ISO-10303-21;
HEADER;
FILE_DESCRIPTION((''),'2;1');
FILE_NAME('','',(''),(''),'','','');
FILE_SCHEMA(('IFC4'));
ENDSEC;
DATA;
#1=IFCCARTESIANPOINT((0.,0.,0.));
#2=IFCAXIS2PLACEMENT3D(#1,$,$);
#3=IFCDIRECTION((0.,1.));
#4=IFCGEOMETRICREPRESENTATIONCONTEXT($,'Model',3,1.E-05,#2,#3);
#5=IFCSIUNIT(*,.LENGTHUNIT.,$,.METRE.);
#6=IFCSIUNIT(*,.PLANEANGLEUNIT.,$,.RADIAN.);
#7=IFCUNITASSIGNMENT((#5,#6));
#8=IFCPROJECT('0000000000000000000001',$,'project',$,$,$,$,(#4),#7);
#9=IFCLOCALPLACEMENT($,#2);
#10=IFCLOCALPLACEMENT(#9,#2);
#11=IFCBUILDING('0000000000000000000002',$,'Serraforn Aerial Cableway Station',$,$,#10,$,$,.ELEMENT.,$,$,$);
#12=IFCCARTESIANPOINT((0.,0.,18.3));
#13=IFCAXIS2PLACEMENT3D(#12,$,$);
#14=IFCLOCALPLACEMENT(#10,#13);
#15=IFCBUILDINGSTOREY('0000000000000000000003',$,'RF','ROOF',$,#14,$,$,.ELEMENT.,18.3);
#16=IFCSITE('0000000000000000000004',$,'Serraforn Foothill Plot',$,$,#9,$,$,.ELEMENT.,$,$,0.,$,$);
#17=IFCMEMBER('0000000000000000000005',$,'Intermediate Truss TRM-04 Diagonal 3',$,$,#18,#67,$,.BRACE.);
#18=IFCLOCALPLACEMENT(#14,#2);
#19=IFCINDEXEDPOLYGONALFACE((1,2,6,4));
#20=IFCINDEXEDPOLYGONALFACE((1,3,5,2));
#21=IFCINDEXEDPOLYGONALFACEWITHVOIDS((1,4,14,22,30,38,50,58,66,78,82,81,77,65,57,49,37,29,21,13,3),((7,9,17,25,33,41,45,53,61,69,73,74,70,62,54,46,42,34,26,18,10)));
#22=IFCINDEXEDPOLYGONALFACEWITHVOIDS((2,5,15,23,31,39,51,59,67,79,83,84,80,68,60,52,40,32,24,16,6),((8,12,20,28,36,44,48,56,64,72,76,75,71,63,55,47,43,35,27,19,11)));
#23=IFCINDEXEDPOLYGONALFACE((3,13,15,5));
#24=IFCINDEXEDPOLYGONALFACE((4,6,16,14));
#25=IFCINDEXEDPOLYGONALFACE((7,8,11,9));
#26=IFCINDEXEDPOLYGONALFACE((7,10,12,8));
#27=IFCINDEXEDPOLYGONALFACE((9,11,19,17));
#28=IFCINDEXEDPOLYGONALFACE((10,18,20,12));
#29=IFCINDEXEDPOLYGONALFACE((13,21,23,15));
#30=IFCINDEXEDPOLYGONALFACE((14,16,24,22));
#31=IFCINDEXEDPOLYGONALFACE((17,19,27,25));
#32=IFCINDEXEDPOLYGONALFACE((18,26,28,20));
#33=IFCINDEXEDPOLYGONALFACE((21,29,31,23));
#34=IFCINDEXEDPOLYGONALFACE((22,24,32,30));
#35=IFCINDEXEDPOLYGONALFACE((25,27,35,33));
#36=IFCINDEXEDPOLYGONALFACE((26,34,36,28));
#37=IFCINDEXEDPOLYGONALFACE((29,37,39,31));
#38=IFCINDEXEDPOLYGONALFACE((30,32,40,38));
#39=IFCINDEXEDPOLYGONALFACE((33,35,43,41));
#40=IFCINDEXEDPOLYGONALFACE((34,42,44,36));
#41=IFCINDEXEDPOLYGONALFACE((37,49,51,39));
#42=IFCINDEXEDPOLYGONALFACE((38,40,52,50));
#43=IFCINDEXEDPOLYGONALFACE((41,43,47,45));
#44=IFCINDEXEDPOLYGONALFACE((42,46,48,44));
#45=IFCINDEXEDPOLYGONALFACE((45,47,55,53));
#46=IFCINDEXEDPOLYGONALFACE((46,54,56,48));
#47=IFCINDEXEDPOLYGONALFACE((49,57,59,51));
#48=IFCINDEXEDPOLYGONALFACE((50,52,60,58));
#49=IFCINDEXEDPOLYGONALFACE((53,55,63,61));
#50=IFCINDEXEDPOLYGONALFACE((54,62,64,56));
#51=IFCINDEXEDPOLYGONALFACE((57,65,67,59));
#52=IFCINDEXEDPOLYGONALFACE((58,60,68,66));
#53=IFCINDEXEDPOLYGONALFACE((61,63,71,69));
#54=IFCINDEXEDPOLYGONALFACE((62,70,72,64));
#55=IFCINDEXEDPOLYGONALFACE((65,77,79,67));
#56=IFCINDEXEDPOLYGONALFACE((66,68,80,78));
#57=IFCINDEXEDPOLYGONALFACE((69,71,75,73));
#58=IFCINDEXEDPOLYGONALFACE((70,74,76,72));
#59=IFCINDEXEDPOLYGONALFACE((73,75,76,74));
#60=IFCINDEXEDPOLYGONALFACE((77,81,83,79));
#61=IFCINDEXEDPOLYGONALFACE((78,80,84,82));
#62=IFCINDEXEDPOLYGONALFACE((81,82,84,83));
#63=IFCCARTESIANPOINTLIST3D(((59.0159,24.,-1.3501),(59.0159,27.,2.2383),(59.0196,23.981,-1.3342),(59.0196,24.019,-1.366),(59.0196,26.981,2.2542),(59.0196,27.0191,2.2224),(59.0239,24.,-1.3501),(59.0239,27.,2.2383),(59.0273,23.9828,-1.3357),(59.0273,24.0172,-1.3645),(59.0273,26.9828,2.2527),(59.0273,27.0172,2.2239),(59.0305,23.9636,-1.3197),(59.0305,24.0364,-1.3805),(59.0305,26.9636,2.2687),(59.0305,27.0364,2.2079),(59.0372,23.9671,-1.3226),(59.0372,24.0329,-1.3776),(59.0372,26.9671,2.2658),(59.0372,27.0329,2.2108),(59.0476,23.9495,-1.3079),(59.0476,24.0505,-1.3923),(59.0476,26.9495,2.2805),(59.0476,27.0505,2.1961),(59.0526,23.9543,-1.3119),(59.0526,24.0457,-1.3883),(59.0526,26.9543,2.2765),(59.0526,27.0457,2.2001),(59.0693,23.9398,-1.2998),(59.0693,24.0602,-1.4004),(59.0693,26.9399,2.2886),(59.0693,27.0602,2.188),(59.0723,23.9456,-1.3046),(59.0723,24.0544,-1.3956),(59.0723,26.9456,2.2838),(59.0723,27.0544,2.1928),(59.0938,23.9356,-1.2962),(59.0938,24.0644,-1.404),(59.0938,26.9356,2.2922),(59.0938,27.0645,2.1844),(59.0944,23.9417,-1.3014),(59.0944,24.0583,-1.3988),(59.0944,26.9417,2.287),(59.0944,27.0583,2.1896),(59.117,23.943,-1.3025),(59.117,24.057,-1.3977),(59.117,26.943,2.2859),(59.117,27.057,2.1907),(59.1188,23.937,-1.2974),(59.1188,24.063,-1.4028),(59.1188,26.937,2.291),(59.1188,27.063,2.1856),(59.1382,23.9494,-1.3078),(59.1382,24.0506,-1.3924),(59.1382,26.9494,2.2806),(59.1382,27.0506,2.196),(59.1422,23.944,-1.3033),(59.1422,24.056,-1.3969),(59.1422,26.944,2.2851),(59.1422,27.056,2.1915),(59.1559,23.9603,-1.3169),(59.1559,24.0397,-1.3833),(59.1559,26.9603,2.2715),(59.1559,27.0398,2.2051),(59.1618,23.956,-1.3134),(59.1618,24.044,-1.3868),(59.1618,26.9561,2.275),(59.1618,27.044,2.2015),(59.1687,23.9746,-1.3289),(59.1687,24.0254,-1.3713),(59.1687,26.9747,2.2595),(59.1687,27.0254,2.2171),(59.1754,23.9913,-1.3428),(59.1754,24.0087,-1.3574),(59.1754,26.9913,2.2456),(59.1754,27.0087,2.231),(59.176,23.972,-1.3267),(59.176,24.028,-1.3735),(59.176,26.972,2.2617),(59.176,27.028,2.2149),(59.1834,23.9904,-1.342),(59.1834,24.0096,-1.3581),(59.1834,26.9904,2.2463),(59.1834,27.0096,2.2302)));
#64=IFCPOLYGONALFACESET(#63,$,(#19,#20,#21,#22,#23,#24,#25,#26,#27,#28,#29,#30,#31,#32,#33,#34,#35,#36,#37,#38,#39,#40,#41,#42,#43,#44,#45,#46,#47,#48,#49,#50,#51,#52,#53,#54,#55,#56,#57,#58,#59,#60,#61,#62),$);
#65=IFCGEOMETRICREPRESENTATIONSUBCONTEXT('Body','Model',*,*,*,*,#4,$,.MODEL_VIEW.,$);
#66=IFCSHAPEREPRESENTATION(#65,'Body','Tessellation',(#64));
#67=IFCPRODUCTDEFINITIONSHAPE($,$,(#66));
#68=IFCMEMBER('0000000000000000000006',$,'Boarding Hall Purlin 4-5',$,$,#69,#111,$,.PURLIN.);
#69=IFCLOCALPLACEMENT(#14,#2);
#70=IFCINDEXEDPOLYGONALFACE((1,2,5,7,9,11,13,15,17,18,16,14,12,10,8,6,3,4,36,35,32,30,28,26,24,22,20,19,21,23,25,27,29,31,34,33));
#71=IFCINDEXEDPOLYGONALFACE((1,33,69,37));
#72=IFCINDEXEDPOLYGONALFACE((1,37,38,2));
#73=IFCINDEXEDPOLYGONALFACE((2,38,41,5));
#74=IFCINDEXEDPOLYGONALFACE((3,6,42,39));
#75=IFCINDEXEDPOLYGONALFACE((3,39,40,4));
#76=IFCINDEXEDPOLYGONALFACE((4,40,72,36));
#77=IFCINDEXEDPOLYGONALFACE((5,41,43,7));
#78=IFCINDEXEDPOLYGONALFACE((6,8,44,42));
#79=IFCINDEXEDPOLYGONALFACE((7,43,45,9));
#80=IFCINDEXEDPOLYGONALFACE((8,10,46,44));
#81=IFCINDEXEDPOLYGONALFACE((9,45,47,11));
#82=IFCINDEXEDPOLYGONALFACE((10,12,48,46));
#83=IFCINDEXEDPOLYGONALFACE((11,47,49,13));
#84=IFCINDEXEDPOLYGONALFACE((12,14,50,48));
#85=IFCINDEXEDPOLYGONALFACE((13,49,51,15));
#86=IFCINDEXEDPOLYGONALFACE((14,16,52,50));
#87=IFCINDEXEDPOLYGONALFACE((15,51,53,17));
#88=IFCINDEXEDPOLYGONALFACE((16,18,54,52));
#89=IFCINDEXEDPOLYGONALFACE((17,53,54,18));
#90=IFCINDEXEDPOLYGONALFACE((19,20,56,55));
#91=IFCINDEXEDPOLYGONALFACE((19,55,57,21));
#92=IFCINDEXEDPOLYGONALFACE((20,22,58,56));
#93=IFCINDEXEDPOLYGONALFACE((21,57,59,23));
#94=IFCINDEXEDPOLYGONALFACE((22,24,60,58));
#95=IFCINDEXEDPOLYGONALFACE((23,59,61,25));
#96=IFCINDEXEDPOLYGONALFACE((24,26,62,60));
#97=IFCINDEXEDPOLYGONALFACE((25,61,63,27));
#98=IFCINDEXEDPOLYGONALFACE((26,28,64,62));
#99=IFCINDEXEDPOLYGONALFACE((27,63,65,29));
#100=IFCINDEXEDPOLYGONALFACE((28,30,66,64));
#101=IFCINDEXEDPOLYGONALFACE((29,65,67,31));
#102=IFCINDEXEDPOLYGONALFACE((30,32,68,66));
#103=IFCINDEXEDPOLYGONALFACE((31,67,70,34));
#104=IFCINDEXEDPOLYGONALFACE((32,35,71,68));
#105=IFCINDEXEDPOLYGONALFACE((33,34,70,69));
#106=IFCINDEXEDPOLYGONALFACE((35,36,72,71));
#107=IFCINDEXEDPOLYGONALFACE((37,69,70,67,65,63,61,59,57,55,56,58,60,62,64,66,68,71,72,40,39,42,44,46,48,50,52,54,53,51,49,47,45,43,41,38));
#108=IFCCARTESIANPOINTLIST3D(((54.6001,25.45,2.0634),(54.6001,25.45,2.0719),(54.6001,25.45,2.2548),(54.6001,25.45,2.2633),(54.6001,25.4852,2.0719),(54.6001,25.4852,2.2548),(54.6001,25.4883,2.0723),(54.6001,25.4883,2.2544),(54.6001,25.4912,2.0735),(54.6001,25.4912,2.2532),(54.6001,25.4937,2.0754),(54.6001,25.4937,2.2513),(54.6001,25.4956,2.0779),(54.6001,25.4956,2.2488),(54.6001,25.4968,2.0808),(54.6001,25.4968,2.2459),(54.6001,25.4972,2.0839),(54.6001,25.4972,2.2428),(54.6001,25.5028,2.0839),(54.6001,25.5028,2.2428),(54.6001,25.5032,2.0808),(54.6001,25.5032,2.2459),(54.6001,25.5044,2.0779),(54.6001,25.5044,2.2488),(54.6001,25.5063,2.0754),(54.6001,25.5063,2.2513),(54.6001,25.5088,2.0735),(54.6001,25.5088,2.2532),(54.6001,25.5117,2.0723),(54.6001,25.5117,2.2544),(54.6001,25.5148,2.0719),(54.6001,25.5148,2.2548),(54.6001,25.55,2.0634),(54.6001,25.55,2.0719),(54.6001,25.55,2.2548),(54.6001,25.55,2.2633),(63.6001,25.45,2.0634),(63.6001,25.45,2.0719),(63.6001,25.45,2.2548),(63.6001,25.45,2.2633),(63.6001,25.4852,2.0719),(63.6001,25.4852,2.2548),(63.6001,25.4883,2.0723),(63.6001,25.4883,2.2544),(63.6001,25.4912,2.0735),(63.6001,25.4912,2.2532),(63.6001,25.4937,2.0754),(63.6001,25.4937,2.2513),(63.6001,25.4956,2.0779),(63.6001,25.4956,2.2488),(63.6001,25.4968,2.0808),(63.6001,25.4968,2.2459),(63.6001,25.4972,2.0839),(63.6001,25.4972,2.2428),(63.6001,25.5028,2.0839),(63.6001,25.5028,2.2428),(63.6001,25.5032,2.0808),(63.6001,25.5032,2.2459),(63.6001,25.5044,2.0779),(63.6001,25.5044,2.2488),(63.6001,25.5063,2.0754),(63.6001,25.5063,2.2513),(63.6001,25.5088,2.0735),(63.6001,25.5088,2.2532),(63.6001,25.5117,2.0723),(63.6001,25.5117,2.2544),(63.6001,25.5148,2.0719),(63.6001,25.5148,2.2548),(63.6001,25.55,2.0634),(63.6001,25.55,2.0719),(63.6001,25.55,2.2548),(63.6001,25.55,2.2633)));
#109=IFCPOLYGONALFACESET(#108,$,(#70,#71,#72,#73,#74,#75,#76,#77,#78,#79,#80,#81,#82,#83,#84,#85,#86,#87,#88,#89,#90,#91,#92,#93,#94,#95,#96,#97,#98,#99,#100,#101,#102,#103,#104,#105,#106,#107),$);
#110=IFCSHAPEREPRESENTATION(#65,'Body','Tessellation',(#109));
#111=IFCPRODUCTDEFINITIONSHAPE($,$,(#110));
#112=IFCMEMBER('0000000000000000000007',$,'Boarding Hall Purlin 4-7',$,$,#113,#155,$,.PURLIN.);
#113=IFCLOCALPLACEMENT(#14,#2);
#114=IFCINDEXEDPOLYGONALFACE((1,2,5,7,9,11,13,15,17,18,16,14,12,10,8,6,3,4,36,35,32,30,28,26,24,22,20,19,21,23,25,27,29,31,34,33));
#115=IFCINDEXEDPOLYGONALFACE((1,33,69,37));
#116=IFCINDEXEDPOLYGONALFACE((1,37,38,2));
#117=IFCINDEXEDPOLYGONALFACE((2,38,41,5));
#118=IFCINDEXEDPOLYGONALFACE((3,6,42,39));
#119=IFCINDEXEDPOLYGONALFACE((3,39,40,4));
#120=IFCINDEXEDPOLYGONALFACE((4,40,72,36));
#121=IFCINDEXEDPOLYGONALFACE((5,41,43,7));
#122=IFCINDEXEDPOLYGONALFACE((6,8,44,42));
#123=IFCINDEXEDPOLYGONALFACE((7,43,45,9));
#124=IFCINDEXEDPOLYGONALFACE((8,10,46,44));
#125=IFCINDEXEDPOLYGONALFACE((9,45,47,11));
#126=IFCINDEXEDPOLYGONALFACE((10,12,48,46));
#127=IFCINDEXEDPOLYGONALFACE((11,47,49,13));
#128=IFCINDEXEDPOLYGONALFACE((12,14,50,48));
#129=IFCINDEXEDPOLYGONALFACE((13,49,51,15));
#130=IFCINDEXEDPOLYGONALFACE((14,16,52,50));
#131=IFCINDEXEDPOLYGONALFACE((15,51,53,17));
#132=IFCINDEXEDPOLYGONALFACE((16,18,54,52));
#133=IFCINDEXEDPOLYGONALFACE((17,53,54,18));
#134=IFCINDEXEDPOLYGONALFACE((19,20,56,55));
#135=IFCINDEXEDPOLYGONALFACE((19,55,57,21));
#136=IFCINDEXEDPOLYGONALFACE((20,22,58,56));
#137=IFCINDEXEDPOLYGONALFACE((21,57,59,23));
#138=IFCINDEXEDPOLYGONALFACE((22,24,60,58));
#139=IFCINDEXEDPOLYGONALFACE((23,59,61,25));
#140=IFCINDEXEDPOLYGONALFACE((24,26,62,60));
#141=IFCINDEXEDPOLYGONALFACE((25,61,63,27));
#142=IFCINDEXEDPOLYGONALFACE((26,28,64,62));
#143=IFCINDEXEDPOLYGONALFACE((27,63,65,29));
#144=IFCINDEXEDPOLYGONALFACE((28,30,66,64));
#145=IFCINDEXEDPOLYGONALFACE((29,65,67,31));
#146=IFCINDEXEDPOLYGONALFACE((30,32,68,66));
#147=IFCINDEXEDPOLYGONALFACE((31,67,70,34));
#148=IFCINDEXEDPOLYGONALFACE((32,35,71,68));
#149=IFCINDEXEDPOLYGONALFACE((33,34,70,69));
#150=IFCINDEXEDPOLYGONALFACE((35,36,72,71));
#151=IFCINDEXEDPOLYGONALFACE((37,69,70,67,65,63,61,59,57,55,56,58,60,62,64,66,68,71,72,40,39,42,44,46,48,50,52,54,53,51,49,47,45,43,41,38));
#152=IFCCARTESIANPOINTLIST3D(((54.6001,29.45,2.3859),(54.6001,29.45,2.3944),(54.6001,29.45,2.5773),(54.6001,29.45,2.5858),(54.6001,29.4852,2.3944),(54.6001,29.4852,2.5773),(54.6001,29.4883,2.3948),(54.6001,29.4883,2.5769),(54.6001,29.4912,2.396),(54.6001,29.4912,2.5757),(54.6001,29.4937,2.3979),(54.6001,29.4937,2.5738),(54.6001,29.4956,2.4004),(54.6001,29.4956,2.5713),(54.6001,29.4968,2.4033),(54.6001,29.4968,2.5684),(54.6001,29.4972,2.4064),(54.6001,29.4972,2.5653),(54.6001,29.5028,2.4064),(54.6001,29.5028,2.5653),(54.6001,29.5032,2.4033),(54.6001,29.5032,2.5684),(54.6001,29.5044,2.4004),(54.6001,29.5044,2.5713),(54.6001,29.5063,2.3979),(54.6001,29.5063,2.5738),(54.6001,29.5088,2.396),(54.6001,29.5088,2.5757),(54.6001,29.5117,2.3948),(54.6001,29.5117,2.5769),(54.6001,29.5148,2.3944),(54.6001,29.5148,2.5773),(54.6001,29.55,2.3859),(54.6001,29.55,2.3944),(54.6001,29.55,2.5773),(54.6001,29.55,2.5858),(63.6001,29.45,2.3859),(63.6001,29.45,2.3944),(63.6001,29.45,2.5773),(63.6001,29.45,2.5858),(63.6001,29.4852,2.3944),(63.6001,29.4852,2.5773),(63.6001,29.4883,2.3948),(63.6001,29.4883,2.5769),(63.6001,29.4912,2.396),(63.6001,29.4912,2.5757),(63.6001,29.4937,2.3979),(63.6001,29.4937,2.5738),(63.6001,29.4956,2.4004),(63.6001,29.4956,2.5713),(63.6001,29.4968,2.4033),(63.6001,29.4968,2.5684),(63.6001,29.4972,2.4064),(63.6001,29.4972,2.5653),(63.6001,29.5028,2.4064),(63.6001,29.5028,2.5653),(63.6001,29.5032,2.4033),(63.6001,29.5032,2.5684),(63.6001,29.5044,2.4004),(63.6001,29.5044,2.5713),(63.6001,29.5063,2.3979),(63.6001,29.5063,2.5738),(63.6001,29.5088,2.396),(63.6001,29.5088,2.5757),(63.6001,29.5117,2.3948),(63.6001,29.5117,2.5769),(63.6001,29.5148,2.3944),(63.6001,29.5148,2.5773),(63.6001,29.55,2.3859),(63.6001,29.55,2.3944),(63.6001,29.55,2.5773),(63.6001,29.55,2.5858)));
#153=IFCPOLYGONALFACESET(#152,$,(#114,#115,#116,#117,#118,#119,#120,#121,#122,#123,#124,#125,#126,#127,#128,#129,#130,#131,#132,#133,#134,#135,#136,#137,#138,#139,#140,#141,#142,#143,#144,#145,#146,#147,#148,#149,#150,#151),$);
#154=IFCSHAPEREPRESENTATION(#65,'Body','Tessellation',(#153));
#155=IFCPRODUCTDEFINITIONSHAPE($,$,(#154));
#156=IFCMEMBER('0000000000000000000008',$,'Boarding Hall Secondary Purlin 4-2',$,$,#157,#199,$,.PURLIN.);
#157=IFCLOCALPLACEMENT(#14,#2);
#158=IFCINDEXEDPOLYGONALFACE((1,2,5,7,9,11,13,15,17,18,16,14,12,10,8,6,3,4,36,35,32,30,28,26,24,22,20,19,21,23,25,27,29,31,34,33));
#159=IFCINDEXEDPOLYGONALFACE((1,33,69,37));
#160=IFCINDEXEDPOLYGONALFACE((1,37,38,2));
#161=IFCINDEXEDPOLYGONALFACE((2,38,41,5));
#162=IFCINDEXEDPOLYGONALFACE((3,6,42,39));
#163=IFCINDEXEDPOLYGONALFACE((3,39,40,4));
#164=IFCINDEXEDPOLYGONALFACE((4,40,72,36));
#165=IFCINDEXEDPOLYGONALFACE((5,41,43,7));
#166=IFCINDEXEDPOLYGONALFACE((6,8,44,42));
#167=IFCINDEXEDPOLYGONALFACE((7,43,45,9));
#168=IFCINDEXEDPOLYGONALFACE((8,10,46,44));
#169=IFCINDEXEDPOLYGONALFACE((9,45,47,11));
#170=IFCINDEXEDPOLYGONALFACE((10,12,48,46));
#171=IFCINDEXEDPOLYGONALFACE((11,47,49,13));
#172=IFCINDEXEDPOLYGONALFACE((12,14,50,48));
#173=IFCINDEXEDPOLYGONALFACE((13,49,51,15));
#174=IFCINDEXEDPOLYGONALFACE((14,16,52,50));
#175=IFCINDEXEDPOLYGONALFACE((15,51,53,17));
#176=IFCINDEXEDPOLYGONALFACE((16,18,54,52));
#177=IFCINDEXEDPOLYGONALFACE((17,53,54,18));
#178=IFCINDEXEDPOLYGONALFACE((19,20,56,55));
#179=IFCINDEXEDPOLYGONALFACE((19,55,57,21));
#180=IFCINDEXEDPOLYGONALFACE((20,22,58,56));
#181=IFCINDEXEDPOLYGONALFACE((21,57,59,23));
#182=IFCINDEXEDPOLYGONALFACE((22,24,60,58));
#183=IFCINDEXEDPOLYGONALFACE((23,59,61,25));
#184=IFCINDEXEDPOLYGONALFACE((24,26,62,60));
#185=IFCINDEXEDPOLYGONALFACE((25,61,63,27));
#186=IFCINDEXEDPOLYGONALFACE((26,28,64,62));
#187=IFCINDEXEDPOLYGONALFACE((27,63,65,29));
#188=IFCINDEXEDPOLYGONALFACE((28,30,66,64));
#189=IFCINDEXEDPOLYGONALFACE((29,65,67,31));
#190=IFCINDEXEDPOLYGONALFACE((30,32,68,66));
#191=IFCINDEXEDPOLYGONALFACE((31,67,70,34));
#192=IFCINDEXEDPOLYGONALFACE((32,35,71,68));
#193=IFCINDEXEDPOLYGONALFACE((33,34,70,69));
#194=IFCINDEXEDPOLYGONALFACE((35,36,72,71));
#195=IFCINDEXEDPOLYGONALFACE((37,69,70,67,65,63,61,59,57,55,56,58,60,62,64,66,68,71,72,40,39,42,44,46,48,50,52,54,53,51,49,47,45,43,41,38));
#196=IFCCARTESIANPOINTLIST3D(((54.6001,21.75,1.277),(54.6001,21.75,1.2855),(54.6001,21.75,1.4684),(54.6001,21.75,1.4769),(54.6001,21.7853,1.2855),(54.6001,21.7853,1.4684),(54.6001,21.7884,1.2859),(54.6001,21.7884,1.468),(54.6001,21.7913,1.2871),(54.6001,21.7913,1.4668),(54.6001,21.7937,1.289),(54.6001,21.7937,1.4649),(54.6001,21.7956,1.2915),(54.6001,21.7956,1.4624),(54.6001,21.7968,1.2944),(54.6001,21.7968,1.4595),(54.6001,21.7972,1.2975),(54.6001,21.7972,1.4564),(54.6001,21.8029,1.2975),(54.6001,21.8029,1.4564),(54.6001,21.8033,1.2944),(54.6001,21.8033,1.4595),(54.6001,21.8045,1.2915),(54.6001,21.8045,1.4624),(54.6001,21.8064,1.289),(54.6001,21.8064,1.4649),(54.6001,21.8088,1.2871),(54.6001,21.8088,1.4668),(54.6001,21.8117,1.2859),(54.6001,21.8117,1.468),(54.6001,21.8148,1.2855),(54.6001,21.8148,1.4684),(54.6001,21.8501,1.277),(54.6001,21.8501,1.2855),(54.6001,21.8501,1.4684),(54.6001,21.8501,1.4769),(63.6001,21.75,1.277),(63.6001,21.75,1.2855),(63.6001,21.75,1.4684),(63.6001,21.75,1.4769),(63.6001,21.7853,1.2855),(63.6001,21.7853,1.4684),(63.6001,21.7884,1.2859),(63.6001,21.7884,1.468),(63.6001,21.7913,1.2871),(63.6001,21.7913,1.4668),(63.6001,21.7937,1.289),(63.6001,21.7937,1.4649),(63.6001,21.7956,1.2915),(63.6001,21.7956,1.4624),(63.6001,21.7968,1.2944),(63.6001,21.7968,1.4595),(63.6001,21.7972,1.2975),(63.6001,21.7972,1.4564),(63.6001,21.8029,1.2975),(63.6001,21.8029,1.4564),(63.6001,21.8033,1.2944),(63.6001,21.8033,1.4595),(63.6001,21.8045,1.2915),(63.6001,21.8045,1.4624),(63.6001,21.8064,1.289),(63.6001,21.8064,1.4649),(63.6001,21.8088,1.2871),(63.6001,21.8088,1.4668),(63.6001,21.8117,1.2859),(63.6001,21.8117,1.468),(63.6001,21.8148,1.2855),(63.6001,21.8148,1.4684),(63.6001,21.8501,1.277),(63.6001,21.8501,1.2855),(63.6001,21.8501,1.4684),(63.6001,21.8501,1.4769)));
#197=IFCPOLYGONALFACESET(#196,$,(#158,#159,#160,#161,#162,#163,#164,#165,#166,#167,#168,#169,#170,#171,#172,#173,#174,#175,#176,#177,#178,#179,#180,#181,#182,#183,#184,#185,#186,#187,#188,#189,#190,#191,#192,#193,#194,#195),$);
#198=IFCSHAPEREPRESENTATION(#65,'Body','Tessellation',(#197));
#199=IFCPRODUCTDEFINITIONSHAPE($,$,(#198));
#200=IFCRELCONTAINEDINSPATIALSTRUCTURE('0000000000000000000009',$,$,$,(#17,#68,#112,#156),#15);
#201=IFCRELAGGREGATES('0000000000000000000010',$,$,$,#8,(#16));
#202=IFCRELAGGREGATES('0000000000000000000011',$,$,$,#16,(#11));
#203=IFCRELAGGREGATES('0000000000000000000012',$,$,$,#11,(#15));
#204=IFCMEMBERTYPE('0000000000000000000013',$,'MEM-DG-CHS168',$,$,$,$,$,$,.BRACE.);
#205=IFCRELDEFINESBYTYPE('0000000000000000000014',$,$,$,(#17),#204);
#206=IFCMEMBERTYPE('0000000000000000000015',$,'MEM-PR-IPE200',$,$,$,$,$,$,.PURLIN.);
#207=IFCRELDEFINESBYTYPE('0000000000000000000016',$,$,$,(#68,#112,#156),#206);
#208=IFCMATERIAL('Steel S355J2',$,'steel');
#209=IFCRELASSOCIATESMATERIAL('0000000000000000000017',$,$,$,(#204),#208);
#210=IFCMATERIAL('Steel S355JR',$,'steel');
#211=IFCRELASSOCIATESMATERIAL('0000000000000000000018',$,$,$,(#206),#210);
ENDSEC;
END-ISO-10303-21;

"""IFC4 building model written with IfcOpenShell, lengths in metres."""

from ifc_helpers import new_model, si_unit, direction, frame, origin, origin_2d, place, context, subcontext, project, spatial, hollow_circle, i_section, extrude, material, material_profile, profile_set, type_object, element, save


model = new_model("IFC4")

# Units and contexts
model_context = context("Model", 3, precision=1e-05, world=origin(), true_north=direction((0.0, 1.0)))
body_context = subcontext(model_context, "Body", "Model", "MODEL_VIEW")
ifc_project = project(units=[si_unit("LENGTHUNIT", "METRE"), si_unit("PLANEANGLEUNIT", "RADIAN")], contexts=[model_context])

# Site, building, storey
site_placement = place(None, origin())
site = spatial("IfcSite", under=ifc_project, at=site_placement, Name="Serraforn Foothill Plot", CompositionType="ELEMENT", RefElevation=0.0)
building_placement = place(site_placement, origin())
building = spatial("IfcBuilding", under=site, at=building_placement, Name="Serraforn Aerial Cableway Station", CompositionType="ELEMENT")
storey_placement = place(building_placement, frame((0.0, 0.0, 18.3)))
storey = spatial("IfcBuildingStorey", under=building, at=storey_placement, Name="RF", Description="ROOF", CompositionType="ELEMENT", Elevation=18.3)

# Members
ifc_material_1 = material(Name="Steel S355J2", Category="steel")
ifc_material_profile_1 = material_profile(ifc_material_1, hollow_circle(Radius=0.0842, WallThickness=0.0081, at=origin_2d()), Name="CHS 168.3x8.0")
ifc_profile_set_1 = profile_set([ifc_material_profile_1], Name="Steel S355J2")
member_type_1 = type_object("IfcMemberType", Name="MEM-DG-CHS168", PredefinedType="BRACE", material=ifc_profile_set_1)
member_1_placement = place(storey_placement, frame((59.1001, 24.0, -1.3501), z_axis=(0.0, 0.641406, 0.767202), x_axis=(-1.0, 0.0, 0.0)))
element("IfcMember", 1, at=member_1_placement, inside=storey, type_object=member_type_1, Name="Intermediate Truss TRM-04 Diagonal 3", PredefinedType="BRACE", context=body_context, shape_type="SweptSolid", body=[
    extrude(hollow_circle(Radius=0.0842, WallThickness=0.0081, at=origin_2d()), origin(), (0.0, 0.0, 1.0), 4.6772),
])
ifc_material_2 = material(Name="Steel S355JR", Category="steel")
ifc_material_profile_2 = material_profile(ifc_material_2, i_section(OverallWidth=0.1001, OverallDepth=0.2, WebThickness=0.0056, FlangeThickness=0.0085, FilletRadius=0.012, at=origin_2d()), Name="IPE 200")
ifc_profile_set_2 = profile_set([ifc_material_profile_2], Name="Steel S355JR")
member_type_2 = type_object("IfcMemberType", Name="MEM-PR-IPE200", PredefinedType="PURLIN", material=ifc_profile_set_2)
for number, where, z_axis, x_axis, name in (
    (2, (54.6001, 25.5, 2.1633), (1.0, 0.0, 0.0), (0.0, 1.0, 0.0), "Boarding Hall Purlin 4-5"),
    (3, (54.6001, 29.5, 2.4858), (1.0, 0.0, 0.0), (0.0, 1.0, 0.0), "Boarding Hall Purlin 4-7"),
    (4, (54.6001, 21.8, 1.377), (1.0, 0.0, 0.0), (0.0, 1.0, 0.0), "Boarding Hall Secondary Purlin 4-2"),
):
    element("IfcMember", number, at=place(storey_placement, frame(where, z_axis=z_axis, x_axis=x_axis)), inside=storey, type_object=member_type_2, Name=name, PredefinedType="PURLIN", context=body_context, shape_type="SweptSolid", body=[
        extrude(i_section(OverallWidth=0.1001, OverallDepth=0.2, WebThickness=0.0056, FlangeThickness=0.0085, FilletRadius=0.012, at=origin_2d()), origin(), (0.0, 0.0, 1.0), 9.0),
    ])

save(model, "model.ifc")
